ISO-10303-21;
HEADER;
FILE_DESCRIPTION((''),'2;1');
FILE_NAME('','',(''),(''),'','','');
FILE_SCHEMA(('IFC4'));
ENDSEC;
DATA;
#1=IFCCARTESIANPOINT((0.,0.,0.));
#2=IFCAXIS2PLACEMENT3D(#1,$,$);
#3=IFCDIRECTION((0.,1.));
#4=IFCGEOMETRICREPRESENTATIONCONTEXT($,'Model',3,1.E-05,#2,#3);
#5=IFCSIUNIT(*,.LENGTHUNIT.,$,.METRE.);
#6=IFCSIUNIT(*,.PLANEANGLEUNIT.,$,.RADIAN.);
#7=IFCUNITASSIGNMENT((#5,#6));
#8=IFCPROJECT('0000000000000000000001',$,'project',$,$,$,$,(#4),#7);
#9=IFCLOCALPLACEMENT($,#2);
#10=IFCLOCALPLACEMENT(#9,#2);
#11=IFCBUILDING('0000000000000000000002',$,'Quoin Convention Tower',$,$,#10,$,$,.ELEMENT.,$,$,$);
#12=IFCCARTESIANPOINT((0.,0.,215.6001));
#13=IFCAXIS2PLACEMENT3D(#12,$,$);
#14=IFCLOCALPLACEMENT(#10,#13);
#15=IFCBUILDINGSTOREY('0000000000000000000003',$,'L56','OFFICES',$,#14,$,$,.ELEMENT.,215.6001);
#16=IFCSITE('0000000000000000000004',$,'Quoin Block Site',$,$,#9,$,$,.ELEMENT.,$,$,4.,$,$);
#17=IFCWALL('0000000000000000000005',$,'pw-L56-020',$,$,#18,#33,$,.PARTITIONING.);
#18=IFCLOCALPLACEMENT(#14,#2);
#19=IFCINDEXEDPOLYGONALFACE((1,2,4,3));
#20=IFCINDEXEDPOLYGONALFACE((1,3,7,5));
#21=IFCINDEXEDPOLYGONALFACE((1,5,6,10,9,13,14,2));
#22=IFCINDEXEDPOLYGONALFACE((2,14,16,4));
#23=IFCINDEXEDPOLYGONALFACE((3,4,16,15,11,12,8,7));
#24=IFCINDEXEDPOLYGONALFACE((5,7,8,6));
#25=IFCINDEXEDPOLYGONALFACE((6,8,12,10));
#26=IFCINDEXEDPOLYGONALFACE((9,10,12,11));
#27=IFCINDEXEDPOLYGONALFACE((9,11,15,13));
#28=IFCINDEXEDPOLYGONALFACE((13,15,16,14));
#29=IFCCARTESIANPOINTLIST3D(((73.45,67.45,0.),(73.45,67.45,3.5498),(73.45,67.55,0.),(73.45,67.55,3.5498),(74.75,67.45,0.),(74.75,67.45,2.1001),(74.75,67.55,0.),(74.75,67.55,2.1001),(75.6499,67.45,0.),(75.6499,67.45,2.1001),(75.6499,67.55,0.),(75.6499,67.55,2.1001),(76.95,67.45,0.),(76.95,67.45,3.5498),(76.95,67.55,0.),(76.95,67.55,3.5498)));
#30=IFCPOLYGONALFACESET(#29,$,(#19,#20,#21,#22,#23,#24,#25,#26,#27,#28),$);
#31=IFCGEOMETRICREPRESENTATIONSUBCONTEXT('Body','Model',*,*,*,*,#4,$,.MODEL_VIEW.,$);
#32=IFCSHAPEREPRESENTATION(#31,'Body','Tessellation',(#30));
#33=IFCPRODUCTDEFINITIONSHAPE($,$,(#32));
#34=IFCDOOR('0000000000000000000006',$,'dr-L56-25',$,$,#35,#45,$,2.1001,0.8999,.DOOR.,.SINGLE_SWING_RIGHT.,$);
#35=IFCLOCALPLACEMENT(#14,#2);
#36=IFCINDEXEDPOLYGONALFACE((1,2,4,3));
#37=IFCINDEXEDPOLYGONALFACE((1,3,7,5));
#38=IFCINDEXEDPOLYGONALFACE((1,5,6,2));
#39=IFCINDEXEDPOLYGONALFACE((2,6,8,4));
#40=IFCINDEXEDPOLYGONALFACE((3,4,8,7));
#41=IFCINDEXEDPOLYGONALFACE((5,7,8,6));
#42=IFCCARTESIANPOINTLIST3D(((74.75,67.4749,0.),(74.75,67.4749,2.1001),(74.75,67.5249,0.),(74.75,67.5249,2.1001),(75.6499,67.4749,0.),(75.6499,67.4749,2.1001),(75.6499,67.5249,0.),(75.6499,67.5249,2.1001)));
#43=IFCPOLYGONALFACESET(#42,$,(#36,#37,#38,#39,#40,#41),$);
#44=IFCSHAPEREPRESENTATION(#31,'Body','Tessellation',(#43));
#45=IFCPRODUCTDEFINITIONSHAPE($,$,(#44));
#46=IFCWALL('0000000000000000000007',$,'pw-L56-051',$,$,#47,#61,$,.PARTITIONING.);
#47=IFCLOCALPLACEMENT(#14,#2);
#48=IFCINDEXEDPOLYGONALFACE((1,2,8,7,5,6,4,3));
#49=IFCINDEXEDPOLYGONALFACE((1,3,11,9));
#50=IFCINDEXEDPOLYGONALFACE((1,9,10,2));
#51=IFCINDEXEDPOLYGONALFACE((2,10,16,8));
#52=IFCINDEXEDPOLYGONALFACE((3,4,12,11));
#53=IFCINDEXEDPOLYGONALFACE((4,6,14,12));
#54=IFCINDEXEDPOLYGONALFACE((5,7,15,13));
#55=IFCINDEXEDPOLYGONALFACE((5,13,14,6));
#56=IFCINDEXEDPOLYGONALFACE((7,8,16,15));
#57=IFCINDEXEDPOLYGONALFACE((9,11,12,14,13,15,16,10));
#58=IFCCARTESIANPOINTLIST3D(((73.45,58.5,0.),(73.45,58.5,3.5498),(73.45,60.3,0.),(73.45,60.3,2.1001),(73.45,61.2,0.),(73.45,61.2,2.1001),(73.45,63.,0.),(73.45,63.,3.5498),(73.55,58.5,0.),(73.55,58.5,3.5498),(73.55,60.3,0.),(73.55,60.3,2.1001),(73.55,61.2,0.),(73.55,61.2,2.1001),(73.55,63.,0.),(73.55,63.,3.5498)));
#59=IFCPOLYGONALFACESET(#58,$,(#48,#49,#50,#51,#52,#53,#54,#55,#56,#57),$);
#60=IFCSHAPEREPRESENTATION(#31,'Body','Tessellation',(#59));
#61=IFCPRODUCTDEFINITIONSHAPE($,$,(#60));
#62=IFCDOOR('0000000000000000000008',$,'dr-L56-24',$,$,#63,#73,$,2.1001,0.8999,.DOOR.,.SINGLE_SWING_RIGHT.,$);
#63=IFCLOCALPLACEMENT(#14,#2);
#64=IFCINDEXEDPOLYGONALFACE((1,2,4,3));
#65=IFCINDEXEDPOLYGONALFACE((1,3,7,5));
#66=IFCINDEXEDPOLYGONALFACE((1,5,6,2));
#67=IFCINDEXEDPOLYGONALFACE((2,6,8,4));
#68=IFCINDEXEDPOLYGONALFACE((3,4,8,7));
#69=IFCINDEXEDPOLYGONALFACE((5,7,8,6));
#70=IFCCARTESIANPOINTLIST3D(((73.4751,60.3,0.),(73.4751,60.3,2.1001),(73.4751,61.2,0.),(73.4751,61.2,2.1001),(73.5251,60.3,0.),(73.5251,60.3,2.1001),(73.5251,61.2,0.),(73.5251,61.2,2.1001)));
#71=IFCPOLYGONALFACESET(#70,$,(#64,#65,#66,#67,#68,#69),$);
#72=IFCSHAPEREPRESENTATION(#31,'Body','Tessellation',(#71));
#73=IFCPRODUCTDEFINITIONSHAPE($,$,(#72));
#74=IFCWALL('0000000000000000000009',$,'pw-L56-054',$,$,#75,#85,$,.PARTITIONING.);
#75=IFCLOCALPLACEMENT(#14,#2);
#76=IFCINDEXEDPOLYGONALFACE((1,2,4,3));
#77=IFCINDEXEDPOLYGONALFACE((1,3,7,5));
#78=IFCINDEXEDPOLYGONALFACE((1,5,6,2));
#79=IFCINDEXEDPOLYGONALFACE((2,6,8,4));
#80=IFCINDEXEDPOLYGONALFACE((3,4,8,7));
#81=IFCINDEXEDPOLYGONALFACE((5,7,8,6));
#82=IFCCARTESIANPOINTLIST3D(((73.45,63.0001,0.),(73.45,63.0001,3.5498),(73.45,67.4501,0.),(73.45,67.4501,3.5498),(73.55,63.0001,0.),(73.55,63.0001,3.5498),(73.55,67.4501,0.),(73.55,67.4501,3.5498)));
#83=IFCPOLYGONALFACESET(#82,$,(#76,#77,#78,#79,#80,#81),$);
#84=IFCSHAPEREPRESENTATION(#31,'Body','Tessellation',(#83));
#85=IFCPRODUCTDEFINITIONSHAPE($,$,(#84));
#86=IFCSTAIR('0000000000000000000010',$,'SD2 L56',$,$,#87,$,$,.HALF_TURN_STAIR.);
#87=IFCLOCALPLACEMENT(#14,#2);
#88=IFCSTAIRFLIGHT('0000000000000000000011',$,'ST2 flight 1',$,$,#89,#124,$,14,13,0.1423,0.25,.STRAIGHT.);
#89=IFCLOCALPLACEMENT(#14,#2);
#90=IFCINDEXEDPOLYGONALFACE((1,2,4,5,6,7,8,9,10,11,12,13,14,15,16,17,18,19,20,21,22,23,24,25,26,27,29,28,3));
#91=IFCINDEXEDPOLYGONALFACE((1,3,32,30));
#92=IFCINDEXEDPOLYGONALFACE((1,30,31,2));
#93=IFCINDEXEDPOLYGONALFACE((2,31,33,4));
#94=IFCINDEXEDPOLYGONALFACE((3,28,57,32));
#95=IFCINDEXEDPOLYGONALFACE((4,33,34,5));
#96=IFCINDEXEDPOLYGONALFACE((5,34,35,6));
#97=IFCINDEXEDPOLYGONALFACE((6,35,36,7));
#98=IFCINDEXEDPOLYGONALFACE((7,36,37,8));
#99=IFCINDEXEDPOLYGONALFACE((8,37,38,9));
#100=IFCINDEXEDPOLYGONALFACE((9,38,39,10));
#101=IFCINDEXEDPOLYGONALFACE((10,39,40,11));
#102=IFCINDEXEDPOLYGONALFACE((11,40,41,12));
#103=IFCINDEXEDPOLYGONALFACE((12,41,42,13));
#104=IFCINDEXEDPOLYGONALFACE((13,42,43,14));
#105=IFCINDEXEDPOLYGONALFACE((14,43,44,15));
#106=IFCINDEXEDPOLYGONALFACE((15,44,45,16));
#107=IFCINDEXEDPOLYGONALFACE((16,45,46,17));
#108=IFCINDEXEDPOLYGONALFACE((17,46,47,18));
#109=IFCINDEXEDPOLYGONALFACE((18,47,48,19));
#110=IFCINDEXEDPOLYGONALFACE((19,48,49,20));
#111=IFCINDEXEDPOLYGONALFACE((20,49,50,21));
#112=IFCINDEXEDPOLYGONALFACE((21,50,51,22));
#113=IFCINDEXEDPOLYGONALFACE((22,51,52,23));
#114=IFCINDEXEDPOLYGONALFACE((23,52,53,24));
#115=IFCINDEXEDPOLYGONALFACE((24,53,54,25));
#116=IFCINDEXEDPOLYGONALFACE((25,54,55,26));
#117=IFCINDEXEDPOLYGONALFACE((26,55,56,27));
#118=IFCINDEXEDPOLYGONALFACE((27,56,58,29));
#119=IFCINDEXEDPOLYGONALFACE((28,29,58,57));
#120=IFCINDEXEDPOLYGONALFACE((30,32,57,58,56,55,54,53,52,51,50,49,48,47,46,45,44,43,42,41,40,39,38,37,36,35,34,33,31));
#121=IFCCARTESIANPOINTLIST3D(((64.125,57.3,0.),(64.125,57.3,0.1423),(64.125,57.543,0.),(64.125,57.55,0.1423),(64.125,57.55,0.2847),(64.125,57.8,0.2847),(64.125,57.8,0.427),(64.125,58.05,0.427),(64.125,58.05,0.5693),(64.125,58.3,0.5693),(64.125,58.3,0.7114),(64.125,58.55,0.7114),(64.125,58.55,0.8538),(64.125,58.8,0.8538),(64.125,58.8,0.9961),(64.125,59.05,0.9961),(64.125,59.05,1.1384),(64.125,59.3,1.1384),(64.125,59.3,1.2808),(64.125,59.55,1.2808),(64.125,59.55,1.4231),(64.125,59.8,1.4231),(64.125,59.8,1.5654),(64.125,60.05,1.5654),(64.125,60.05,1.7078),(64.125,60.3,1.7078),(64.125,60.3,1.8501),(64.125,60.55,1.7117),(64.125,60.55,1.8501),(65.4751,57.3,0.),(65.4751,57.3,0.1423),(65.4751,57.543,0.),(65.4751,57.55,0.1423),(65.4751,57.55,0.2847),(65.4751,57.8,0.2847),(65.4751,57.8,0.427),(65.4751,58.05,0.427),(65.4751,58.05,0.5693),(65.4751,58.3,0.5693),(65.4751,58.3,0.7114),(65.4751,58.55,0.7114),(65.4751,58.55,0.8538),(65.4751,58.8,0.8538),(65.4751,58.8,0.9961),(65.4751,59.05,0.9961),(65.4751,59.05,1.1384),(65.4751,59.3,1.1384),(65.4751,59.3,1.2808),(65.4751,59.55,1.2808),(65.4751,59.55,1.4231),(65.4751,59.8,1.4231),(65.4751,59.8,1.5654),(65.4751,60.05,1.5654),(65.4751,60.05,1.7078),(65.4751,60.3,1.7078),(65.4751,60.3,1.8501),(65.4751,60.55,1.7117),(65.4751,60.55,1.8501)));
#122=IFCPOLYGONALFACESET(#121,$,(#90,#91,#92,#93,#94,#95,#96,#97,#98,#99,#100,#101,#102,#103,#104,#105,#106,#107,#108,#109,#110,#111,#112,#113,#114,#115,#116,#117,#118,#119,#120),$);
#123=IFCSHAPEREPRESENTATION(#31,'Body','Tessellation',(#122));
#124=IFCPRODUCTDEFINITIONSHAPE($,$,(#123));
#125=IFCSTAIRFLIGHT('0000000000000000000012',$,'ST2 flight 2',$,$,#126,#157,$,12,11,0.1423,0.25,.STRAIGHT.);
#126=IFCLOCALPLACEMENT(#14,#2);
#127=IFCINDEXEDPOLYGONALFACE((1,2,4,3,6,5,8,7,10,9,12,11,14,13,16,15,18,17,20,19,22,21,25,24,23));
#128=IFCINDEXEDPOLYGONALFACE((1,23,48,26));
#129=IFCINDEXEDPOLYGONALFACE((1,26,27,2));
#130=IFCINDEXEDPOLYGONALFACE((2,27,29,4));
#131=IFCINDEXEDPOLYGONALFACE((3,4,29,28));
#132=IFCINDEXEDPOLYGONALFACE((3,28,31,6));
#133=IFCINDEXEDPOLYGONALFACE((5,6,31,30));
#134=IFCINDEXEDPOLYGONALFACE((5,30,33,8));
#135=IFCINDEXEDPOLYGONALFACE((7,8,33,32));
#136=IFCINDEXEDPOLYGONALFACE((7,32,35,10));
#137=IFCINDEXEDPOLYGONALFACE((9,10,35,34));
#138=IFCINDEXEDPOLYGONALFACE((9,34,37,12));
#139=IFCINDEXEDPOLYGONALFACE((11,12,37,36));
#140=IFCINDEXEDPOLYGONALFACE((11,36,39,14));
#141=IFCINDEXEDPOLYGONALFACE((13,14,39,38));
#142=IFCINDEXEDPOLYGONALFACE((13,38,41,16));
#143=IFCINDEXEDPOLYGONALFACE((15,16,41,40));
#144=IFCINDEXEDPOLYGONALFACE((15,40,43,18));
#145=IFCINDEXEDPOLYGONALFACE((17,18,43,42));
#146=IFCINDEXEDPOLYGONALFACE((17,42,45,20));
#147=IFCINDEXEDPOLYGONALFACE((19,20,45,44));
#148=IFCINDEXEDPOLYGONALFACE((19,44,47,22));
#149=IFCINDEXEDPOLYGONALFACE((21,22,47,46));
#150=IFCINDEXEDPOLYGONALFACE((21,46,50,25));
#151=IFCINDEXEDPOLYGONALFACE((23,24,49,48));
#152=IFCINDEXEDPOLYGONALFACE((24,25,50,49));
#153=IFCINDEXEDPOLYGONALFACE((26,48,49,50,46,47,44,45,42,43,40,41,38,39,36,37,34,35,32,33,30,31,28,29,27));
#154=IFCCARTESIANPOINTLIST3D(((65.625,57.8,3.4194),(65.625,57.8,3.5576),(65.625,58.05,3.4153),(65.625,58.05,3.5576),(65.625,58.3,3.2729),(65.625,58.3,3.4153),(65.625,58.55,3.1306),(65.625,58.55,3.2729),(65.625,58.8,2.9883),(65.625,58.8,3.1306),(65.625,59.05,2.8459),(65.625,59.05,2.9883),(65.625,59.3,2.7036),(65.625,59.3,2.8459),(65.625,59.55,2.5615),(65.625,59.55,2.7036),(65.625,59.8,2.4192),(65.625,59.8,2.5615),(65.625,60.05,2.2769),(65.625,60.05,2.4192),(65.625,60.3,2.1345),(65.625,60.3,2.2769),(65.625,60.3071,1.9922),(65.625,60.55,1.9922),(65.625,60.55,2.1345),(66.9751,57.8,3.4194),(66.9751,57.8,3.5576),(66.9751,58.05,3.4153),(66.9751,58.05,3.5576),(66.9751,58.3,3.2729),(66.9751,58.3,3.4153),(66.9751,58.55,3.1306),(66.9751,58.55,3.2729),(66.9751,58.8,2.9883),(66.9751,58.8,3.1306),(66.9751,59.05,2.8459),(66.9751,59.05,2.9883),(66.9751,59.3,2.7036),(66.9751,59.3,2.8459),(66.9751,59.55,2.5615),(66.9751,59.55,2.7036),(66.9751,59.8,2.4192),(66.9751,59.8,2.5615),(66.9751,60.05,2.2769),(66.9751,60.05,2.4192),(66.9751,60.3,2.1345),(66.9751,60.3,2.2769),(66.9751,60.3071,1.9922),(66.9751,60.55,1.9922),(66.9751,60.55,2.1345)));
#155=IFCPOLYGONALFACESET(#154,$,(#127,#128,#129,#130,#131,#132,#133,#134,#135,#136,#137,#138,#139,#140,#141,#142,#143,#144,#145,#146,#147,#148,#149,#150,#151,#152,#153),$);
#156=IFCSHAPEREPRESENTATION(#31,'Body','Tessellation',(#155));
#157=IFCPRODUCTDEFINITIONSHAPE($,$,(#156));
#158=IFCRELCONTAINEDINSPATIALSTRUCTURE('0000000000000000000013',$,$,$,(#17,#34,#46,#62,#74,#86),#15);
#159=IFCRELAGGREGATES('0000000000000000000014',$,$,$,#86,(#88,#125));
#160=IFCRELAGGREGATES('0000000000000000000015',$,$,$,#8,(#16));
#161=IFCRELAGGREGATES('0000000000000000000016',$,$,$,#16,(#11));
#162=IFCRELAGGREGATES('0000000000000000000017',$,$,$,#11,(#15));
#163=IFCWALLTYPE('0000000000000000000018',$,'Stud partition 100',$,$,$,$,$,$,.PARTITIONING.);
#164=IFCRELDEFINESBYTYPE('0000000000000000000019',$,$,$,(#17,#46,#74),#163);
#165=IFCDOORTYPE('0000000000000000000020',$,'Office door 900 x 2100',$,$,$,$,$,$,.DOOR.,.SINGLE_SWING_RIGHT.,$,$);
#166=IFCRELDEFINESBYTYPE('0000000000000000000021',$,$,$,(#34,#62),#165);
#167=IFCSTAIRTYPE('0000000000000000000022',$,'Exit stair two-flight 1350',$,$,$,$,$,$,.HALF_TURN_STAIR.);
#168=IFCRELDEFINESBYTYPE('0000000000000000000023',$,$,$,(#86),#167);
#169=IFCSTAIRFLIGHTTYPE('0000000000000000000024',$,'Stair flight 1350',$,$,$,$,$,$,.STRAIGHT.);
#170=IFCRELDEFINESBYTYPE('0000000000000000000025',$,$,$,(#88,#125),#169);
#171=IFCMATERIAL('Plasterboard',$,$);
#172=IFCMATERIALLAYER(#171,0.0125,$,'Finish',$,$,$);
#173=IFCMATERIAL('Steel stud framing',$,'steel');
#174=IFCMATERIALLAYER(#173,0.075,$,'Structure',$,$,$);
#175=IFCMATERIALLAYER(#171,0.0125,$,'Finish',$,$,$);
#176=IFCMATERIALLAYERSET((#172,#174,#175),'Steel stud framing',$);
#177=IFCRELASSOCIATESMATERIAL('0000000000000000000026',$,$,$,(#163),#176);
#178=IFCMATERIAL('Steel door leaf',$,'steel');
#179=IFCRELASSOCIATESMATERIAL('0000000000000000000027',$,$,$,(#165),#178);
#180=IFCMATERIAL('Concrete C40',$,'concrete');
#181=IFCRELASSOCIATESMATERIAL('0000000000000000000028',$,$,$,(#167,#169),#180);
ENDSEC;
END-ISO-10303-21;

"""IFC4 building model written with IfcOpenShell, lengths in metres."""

from ifc_helpers import new_model, si_unit, direction, frame, frame_2d, origin, place, context, subcontext, project, spatial, polyline, rectangle, outline, extrude, material, layer, layer_set, type_object, element, fill, aggregate, save


model = new_model("IFC4")

# Units and contexts
model_context = context("Model", 3, precision=1e-05, world=origin(), true_north=direction((0.0, 1.0)))
body_context = subcontext(model_context, "Body", "Model", "MODEL_VIEW")
ifc_project = project(units=[si_unit("LENGTHUNIT", "METRE"), si_unit("PLANEANGLEUNIT", "RADIAN")], contexts=[model_context])

# Site, building, storey
site_placement = place(None, origin())
site = spatial("IfcSite", under=ifc_project, at=site_placement, Name="Quoin Block Site", CompositionType="ELEMENT", RefElevation=4.0)
building_placement = place(site_placement, origin())
building = spatial("IfcBuilding", under=site, at=building_placement, Name="Quoin Convention Tower", CompositionType="ELEMENT")
storey_placement = place(building_placement, frame((0.0, 0.0, 215.6001)))
storey = spatial("IfcBuildingStorey", under=building, at=storey_placement, Name="L56", Description="OFFICES", CompositionType="ELEMENT", Elevation=215.6001)

# Shared definitions
ifc_material_1 = material(Name="Plasterboard")
ifc_layer_1 = layer(ifc_material_1, 0.0125, Name="Finish")
ifc_material_2 = material(Name="Steel stud framing", Category="steel")
ifc_layer_2 = layer(ifc_material_2, 0.075, Name="Structure")
ifc_layer_3 = layer(ifc_material_1, 0.0125, Name="Finish")
ifc_layer_set_1 = layer_set([ifc_layer_1, ifc_layer_2, ifc_layer_3], Name="Steel stud framing")
wall_type_1 = type_object("IfcWallType", Name="Stud partition 100", PredefinedType="PARTITIONING", material=ifc_layer_set_1)

# Walls, openings, doors
wall_1_placement = place(storey_placement, frame((73.45, 67.5, 0.0), z_axis=(0.0, 0.0, 1.0), x_axis=(1.0, 0.0, 0.0)))
wall_1 = element("IfcWall", 1, at=wall_1_placement, inside=storey, type_object=wall_type_1, Name="pw-L56-020", PredefinedType="PARTITIONING", context=body_context, shape_type="SweptSolid", body=[
    extrude(rectangle(XDim=3.5, YDim=0.1001, at=frame_2d((1.75, 0.0))), origin(), (0.0, 0.0, 1.0), 3.5498),
])
opening_1_placement = place(wall_1_placement, frame((1.3, 0.0, 0.0)))
opening_1 = element("IfcOpeningElement", 2, at=opening_1_placement, cuts=wall_1, PredefinedType="OPENING", context=body_context, shape_type="SweptSolid", body=[
    extrude(rectangle(XDim=0.8999, YDim=2.1001, at=frame_2d((0.45, 1.05))), frame((0.0, 0.0601, 0.0), z_axis=(0.0, -1.0, 0.0), x_axis=(1.0, 0.0, 0.0)), (0.0, 0.0, 1.0), 0.1201),
])
ifc_material_3 = material(Name="Steel door leaf", Category="steel")
door_type = type_object("IfcDoorType", Name="Office door 900 x 2100", OperationType="SINGLE_SWING_RIGHT", PredefinedType="DOOR", material=ifc_material_3)
door_1_placement = place(opening_1_placement, origin())
door_1 = element("IfcDoor", 3, at=door_1_placement, inside=storey, type_object=door_type, Name="dr-L56-25", OperationType="SINGLE_SWING_RIGHT", OverallHeight=2.1001, OverallWidth=0.8999, PredefinedType="DOOR", context=body_context, shape_type="SweptSolid", body=[
    extrude(rectangle(XDim=0.8999, YDim=2.1001, at=frame_2d((0.45, 1.05))), frame((0.0, 0.0249, 0.0), z_axis=(0.0, -1.0, 0.0), x_axis=(1.0, 0.0, 0.0)), (0.0, 0.0, 1.0), 0.05),
])
fill(opening_1, door_1)
wall_2_placement = place(storey_placement, frame((73.5, 58.5, 0.0), z_axis=(0.0, 0.0, 1.0), x_axis=(0.0, 1.0, 0.0)))
wall_2 = element("IfcWall", 4, at=wall_2_placement, inside=storey, type_object=wall_type_1, Name="pw-L56-051", PredefinedType="PARTITIONING", context=body_context, shape_type="SweptSolid", body=[
    extrude(rectangle(XDim=4.5, YDim=0.1001, at=frame_2d((2.25, 0.0))), origin(), (0.0, 0.0, 1.0), 3.5498),
])
opening_2_placement = place(wall_2_placement, frame((1.8, 0.0, 0.0)))
opening_2 = element("IfcOpeningElement", 5, at=opening_2_placement, cuts=wall_2, PredefinedType="OPENING", context=body_context, shape_type="SweptSolid", body=[
    extrude(rectangle(XDim=0.8999, YDim=2.1001, at=frame_2d((0.45, 1.05))), frame((0.0, 0.0601, 0.0), z_axis=(0.0, -1.0, 0.0), x_axis=(1.0, 0.0, 0.0)), (0.0, 0.0, 1.0), 0.1201),
])
door_2_placement = place(opening_2_placement, origin())
door_2 = element("IfcDoor", 6, at=door_2_placement, inside=storey, type_object=door_type, Name="dr-L56-24", OperationType="SINGLE_SWING_RIGHT", OverallHeight=2.1001, OverallWidth=0.8999, PredefinedType="DOOR", context=body_context, shape_type="SweptSolid", body=[
    extrude(rectangle(XDim=0.8999, YDim=2.1001, at=frame_2d((0.45, 1.05))), frame((0.0, 0.0249, 0.0), z_axis=(0.0, -1.0, 0.0), x_axis=(1.0, 0.0, 0.0)), (0.0, 0.0, 1.0), 0.05),
])
fill(opening_2, door_2)

# Wall
wall_3_placement = place(storey_placement, frame((73.5, 63.0, 0.0), z_axis=(0.0, 0.0, 1.0), x_axis=(0.0, 1.0, 0.0)))
element("IfcWall", 7, at=wall_3_placement, inside=storey, type_object=wall_type_1, Name="pw-L56-054", PredefinedType="PARTITIONING", context=body_context, shape_type="SweptSolid", body=[
    extrude(rectangle(XDim=4.45, YDim=0.1001, at=frame_2d((2.2251, 0.0))), origin(), (0.0, 0.0, 1.0), 3.5498),
])

# Stair, stair flights
ifc_material_4 = material(Name="Concrete C40", Category="concrete")
stair_type = type_object("IfcStairType", Name="Exit stair two-flight 1350", PredefinedType="HALF_TURN_STAIR", material=ifc_material_4)
stair_placement = place(storey_placement, origin())
stair = element("IfcStair", 8, at=stair_placement, inside=storey, type_object=stair_type, Name="SD2 L56", PredefinedType="HALF_TURN_STAIR")
stair_flight_type = type_object("IfcStairFlightType", Name="Stair flight 1350", PredefinedType="STRAIGHT", material=ifc_material_4)
stair_flight_1_placement = place(storey_placement, frame((64.8, 57.3, 0.0), z_axis=(0.0, 0.0, 1.0), x_axis=(0.0, 1.0, 0.0)))
stair_flight_1 = element("IfcStairFlight", 9, at=stair_flight_1_placement, type_object=stair_flight_type, Name="ST2 flight 1", NumberOfRisers=14, NumberOfTreads=13, PredefinedType="STRAIGHT", RiserHeight=0.1423, TreadLength=0.25, context=body_context, shape_type="SweptSolid", body=[
    extrude(outline(polyline([(0.0, 0.0), (0.0, 0.1423), (0.25, 0.1423), (0.25, 0.2847), (0.5, 0.2847), (0.5, 0.427), (0.75, 0.427), (0.75, 0.5693), (1.0, 0.5693), (1.0, 0.7114), (1.25, 0.7114), (1.25, 0.8538), (1.5, 0.8538), (1.5, 0.9961), (1.75, 0.9961), (1.75, 1.1384), (2.0, 1.1384), (2.0, 1.2808), (2.25, 1.2808), (2.25, 1.4231), (2.5, 1.4231), (2.5, 1.5654), (2.75, 1.5654), (2.75, 1.7078), (3.0, 1.7078), (3.0, 1.8501), (3.25, 1.8501), (3.25, 1.9922), (3.25, 1.7117), (0.2429, 0.0), (0.0, 0.0)])), frame((0.0, 0.675, 0.0), z_axis=(0.0, -1.0, 0.0), x_axis=(1.0, 0.0, 0.0)), (0.0, 0.0, 1.0), 1.3501),
])
stair_flight_2_placement = place(storey_placement, frame((66.3, 60.55, 1.9922), z_axis=(0.0, 0.0, 1.0), x_axis=(0.0, -1.0, 0.0)))
stair_flight_2 = element("IfcStairFlight", 10, at=stair_flight_2_placement, type_object=stair_flight_type, Name="ST2 flight 2", NumberOfRisers=12, NumberOfTreads=11, PredefinedType="STRAIGHT", RiserHeight=0.1423, TreadLength=0.25, context=body_context, shape_type="SweptSolid", body=[
    extrude(outline(polyline([(0.0, 0.0), (0.0, 0.1423), (0.25, 0.1423), (0.25, 0.2847), (0.5, 0.2847), (0.5, 0.427), (0.75, 0.427), (0.75, 0.5693), (1.0, 0.5693), (1.0, 0.7114), (1.25, 0.7114), (1.25, 0.8538), (1.5, 0.8538), (1.5, 0.9961), (1.75, 0.9961), (1.75, 1.1384), (2.0, 1.1384), (2.0, 1.2808), (2.25, 1.2808), (2.25, 1.4231), (2.5, 1.4231), (2.5, 1.5654), (2.75, 1.5654), (2.75, 1.7078), (2.75, 1.4272), (0.2429, 0.0), (0.0, 0.0)])), frame((0.0, 0.675, 0.0), z_axis=(0.0, -1.0, 0.0), x_axis=(1.0, 0.0, 0.0)), (0.0, 0.0, 1.0), 1.3501),
])
aggregate(stair, [stair_flight_1, stair_flight_2])

save(model, "model.ifc")
